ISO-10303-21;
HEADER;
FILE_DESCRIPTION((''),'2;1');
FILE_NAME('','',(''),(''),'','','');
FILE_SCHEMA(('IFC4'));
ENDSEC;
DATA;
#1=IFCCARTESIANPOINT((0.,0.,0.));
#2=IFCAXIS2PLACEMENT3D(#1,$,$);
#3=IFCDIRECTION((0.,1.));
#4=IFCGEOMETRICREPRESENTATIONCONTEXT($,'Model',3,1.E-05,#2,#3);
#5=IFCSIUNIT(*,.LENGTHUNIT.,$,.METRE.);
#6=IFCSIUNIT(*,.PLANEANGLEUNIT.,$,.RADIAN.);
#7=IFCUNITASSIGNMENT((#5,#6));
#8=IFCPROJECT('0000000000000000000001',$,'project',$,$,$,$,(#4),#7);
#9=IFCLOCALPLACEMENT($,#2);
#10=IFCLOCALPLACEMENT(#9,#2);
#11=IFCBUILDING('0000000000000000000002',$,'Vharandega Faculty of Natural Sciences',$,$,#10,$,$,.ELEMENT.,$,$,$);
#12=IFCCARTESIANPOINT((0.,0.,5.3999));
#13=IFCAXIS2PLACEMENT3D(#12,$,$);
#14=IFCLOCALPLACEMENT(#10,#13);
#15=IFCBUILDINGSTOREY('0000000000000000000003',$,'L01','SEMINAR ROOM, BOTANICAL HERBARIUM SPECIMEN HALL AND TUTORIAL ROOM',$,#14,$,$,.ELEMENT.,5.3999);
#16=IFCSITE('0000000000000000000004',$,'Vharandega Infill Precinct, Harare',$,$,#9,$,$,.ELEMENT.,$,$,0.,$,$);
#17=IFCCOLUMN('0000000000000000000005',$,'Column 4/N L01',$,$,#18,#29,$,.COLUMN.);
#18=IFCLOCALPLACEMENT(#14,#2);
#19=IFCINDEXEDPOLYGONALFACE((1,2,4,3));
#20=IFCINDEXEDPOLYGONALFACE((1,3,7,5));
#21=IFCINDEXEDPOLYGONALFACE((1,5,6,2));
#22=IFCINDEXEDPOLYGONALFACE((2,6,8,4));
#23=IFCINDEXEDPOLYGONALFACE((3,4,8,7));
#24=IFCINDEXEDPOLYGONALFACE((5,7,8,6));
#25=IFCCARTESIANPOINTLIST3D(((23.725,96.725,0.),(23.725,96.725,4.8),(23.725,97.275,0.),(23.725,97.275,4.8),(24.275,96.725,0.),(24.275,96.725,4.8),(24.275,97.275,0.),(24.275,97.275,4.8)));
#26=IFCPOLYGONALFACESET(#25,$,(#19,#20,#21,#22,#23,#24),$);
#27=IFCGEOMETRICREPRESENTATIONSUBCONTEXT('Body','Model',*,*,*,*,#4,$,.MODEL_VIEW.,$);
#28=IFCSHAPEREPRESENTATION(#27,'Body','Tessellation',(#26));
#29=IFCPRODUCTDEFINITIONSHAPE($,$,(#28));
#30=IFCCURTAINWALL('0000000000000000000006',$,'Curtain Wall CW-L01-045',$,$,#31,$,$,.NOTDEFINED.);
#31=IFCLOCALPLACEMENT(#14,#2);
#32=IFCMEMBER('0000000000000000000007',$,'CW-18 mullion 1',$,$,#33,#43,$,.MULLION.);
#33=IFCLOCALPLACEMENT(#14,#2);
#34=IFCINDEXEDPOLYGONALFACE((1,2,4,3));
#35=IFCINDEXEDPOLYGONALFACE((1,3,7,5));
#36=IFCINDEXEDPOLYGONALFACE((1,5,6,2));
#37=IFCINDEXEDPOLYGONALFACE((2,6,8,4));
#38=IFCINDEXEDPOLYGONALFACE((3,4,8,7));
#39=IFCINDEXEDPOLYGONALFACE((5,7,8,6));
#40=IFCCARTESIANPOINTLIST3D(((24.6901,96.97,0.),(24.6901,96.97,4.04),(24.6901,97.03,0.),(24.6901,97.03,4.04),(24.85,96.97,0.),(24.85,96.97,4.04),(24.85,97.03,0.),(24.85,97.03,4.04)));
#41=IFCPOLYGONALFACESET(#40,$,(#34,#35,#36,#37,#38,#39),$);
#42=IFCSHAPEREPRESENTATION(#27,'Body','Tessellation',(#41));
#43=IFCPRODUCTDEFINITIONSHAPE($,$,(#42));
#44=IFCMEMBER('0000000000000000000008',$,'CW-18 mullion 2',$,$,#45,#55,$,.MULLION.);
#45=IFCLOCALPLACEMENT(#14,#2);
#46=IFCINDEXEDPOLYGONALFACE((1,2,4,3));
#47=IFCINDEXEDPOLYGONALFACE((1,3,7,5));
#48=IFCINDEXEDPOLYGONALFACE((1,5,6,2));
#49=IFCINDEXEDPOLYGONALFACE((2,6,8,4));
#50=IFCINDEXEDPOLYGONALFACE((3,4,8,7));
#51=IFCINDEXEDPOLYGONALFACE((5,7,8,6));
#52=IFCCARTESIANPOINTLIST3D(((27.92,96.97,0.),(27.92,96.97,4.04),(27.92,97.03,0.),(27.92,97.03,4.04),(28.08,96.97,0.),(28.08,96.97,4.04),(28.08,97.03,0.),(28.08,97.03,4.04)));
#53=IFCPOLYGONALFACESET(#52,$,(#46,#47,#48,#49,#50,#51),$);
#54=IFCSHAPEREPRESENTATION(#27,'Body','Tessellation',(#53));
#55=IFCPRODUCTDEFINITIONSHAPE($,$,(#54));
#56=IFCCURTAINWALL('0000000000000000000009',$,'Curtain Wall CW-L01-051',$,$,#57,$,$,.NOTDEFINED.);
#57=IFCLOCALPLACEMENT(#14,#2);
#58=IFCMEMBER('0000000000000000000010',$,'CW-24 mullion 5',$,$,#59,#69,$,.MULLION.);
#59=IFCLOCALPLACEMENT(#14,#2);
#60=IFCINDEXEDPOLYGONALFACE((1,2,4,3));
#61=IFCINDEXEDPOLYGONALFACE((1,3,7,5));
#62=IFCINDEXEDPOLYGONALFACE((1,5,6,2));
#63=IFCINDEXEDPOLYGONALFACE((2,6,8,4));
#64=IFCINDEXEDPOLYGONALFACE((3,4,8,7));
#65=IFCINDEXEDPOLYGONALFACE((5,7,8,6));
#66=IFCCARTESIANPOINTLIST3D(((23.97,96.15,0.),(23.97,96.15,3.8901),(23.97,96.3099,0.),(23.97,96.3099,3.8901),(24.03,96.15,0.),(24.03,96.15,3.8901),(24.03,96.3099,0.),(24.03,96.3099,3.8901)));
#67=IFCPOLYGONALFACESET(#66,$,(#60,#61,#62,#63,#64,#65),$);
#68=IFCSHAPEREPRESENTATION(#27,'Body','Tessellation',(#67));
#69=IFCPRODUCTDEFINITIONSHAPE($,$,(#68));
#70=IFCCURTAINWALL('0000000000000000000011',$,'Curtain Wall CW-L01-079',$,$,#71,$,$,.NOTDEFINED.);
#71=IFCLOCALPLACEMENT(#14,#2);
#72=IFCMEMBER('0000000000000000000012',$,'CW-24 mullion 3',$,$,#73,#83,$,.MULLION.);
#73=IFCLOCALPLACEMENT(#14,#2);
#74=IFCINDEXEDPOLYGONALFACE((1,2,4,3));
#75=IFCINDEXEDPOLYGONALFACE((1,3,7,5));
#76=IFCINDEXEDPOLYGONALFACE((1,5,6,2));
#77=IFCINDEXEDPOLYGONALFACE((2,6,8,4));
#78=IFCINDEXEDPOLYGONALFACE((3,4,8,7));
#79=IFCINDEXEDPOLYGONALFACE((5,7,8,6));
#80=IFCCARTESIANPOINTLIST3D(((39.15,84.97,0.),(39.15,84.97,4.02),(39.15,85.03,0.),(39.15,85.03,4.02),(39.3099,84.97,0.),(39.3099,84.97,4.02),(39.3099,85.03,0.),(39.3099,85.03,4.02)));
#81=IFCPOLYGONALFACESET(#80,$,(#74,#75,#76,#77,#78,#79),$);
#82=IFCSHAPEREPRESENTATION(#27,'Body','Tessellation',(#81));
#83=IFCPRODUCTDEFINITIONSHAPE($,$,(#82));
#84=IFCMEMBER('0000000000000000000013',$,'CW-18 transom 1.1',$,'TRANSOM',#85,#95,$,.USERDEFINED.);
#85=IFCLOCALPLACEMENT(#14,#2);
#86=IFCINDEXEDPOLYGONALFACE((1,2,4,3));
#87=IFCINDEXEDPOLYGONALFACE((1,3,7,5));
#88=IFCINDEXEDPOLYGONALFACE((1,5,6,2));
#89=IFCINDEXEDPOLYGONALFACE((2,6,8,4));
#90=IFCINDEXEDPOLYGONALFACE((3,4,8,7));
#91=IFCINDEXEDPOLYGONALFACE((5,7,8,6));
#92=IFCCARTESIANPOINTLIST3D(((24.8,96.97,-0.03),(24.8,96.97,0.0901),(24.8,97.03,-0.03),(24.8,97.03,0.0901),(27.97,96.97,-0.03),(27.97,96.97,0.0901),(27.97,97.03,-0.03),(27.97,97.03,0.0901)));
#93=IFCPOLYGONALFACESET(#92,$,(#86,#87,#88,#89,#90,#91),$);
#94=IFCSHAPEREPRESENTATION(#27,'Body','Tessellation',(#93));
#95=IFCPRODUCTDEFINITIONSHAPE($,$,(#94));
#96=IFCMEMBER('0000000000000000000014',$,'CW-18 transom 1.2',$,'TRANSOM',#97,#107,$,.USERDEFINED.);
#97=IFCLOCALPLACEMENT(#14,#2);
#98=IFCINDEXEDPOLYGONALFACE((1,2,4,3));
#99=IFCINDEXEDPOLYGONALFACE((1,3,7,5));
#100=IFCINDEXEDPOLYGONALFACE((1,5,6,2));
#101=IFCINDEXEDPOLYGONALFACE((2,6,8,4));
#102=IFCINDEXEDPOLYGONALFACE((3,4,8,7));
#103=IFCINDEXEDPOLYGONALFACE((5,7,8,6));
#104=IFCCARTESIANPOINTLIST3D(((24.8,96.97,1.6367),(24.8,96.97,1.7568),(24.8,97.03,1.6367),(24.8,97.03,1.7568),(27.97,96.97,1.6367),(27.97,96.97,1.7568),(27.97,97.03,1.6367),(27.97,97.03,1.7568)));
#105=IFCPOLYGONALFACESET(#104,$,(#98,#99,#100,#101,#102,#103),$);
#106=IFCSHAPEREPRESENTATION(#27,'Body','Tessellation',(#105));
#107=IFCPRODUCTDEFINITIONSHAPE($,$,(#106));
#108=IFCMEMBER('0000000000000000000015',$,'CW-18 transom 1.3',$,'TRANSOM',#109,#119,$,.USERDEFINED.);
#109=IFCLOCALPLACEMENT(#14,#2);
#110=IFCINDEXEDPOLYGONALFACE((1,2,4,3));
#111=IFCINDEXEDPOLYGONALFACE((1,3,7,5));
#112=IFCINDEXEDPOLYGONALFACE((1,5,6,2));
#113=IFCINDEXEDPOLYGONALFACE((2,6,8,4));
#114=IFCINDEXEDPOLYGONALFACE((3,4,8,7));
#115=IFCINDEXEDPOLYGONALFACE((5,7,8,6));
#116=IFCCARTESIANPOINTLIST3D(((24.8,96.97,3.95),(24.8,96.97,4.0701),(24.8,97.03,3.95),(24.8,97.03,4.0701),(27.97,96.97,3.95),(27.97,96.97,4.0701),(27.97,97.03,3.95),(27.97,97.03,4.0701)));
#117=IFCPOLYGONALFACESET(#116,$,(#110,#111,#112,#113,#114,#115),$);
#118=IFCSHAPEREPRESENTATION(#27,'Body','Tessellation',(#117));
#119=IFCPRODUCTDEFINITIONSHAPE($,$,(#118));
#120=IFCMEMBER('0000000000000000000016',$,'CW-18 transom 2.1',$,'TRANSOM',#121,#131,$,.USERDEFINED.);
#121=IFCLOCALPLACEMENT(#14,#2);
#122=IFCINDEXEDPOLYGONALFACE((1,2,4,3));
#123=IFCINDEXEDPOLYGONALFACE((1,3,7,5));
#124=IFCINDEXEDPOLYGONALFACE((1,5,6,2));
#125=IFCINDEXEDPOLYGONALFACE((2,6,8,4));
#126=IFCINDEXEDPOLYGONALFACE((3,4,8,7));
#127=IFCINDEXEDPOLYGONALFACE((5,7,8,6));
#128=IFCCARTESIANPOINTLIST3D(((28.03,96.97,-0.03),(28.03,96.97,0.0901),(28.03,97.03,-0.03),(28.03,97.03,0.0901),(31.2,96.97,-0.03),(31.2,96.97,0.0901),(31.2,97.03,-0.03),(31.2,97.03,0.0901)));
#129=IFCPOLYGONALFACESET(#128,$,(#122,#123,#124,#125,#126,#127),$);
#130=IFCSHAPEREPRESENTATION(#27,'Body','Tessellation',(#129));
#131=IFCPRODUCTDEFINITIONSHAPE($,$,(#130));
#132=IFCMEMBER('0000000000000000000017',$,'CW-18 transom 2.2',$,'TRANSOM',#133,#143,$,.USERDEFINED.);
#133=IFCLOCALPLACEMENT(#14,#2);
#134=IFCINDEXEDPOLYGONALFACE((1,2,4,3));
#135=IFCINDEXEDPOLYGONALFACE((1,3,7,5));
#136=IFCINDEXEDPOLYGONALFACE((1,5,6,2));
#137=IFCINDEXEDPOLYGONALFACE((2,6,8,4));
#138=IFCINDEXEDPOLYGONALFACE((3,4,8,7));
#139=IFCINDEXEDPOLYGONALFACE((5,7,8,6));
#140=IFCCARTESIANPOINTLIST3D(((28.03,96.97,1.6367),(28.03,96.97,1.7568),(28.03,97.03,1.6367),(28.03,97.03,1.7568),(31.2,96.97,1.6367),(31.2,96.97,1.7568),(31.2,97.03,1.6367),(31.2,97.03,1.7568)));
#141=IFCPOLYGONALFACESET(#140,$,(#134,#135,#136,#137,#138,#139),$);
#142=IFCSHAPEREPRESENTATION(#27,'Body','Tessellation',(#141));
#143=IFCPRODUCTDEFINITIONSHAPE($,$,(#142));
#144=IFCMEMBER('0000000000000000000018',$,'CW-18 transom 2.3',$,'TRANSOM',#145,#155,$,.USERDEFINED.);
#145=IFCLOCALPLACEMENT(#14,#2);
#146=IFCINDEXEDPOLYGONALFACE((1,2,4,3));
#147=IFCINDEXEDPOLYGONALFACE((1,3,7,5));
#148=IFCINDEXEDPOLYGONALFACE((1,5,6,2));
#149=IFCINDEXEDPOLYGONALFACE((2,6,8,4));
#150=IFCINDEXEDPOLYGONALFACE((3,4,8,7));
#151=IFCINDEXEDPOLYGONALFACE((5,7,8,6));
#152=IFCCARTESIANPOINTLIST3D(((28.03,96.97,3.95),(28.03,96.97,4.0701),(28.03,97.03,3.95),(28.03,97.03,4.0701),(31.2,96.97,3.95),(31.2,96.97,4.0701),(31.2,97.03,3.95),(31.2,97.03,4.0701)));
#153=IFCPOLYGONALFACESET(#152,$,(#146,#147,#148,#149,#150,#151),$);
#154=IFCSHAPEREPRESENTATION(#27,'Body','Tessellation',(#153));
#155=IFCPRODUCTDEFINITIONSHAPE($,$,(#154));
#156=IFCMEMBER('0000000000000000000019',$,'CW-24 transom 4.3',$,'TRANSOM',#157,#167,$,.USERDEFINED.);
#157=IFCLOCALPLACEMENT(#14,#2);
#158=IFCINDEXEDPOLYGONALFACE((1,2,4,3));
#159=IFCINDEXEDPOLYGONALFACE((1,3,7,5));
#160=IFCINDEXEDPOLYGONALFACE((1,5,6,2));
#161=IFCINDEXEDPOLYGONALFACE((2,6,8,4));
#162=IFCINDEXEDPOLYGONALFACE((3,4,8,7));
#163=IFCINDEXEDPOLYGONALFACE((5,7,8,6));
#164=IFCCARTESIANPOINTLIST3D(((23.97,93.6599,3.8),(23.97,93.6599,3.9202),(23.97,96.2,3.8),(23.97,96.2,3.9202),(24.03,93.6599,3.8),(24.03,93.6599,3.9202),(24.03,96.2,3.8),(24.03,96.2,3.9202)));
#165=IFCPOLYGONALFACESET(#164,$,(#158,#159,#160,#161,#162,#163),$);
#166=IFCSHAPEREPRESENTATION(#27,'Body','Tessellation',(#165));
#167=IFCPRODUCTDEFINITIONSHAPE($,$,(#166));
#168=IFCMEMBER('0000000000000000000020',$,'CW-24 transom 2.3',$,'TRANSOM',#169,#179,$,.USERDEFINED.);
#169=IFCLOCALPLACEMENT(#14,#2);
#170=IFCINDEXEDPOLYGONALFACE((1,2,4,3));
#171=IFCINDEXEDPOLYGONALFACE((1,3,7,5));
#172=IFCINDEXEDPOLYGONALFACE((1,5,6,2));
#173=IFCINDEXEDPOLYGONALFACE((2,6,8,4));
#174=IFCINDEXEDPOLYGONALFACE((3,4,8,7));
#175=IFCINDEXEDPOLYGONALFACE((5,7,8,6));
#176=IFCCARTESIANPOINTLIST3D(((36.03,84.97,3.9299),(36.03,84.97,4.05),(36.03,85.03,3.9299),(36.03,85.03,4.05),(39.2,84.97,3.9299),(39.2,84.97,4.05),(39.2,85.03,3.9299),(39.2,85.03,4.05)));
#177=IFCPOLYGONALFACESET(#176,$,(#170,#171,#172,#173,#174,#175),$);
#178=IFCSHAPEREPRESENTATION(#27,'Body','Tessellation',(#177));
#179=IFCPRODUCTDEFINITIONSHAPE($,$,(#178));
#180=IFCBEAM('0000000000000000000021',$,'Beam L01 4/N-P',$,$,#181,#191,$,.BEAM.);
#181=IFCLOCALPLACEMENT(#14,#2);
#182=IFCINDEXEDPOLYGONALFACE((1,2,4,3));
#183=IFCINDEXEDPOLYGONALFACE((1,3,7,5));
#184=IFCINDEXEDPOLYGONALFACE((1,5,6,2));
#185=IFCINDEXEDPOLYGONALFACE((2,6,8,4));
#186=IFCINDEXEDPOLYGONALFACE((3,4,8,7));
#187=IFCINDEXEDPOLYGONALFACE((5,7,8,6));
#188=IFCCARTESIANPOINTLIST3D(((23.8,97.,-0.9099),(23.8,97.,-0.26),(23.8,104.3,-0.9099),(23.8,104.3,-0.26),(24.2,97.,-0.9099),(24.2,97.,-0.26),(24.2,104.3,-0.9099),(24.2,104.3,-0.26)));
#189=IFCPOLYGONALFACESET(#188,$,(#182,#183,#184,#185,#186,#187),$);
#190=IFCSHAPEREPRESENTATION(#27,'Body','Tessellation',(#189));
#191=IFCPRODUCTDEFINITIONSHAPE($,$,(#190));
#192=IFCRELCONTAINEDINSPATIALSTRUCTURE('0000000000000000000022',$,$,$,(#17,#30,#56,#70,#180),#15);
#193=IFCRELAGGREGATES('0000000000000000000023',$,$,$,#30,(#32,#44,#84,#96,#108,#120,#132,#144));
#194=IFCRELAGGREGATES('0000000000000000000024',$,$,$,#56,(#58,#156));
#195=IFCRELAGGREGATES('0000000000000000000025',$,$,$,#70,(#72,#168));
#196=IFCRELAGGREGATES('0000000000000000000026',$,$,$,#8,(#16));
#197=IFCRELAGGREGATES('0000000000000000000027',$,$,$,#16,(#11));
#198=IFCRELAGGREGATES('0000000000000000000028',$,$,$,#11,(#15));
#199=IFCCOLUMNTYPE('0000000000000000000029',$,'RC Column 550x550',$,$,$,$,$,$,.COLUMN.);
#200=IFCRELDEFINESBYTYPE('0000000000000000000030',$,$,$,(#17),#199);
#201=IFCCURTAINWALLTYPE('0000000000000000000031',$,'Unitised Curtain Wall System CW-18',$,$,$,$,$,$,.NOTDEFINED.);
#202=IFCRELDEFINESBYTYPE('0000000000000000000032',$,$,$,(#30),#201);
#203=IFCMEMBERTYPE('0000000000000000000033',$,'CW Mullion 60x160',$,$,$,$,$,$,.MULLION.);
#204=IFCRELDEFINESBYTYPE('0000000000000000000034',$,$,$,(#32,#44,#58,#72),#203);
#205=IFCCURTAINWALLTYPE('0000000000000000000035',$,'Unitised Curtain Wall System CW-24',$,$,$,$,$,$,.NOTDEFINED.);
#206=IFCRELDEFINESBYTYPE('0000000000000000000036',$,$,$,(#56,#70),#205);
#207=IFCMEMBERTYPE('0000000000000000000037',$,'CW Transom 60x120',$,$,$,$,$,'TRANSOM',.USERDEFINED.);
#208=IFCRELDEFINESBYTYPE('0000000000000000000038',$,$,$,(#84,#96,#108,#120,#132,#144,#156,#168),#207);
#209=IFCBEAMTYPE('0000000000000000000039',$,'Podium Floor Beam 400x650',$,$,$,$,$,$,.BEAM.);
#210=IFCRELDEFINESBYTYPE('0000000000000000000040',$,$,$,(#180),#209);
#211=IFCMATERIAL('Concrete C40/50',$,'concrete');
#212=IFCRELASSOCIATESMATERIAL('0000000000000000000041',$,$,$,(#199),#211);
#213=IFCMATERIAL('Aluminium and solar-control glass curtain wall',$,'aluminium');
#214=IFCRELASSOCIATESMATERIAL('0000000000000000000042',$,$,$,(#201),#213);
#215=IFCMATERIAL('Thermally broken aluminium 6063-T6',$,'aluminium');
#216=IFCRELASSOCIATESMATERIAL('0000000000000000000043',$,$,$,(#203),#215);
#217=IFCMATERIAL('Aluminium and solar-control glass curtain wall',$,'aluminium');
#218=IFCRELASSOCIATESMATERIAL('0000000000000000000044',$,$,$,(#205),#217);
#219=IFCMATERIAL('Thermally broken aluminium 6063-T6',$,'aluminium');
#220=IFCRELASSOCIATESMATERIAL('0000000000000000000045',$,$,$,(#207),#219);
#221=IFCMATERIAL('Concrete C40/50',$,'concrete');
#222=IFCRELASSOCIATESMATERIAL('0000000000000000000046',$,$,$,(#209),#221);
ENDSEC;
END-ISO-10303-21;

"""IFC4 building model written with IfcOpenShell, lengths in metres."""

from ifc_helpers import new_model, si_unit, direction, frame, origin, origin_2d, place, context, subcontext, project, spatial, rectangle, extrude, material, material_profile, profile_set, type_object, element, aggregate, save


model = new_model("IFC4")

# Units and contexts
model_context = context("Model", 3, precision=1e-05, world=origin(), true_north=direction((0.0, 1.0)))
body_context = subcontext(model_context, "Body", "Model", "MODEL_VIEW")
ifc_project = project(units=[si_unit("LENGTHUNIT", "METRE"), si_unit("PLANEANGLEUNIT", "RADIAN")], contexts=[model_context])

# Site, building, storey
site_placement = place(None, origin())
site = spatial("IfcSite", under=ifc_project, at=site_placement, Name="Vharandega Infill Precinct, Harare", CompositionType="ELEMENT", RefElevation=0.0)
building_placement = place(site_placement, origin())
building = spatial("IfcBuilding", under=site, at=building_placement, Name="Vharandega Faculty of Natural Sciences", CompositionType="ELEMENT")
storey_placement = place(building_placement, frame((0.0, 0.0, 5.3999)))
storey = spatial("IfcBuildingStorey", under=building, at=storey_placement, Name="L01", Description="SEMINAR ROOM, BOTANICAL HERBARIUM SPECIMEN HALL AND TUTORIAL ROOM", CompositionType="ELEMENT", Elevation=5.3999)

# Column
ifc_material_1 = material(Name="Concrete C40/50", Category="concrete")
ifc_material_profile_1 = material_profile(ifc_material_1, rectangle(XDim=0.55, YDim=0.55, at=origin_2d()), Name="RC 550x550")
ifc_profile_set_1 = profile_set([ifc_material_profile_1], Name="Concrete C40/50")
column_type = type_object("IfcColumnType", Name="RC Column 550x550", PredefinedType="COLUMN", material=ifc_profile_set_1)
column_placement = place(storey_placement, frame((24.0, 97.0, 0.0), z_axis=(0.0, 0.0, 1.0), x_axis=(1.0, 0.0, 0.0)))
element("IfcColumn", 1, at=column_placement, inside=storey, type_object=column_type, Name="Column 4/N L01", PredefinedType="COLUMN", context=body_context, shape_type="SweptSolid", body=[
    extrude(rectangle(XDim=0.55, YDim=0.55, at=origin_2d()), origin(), (0.0, 0.0, 1.0), 4.8),
])

# Curtain wall, members
ifc_material_2 = material(Name="Aluminium and solar-control glass curtain wall", Category="aluminium")
curtain_wall_type_1 = type_object("IfcCurtainWallType", Name="Unitised Curtain Wall System CW-18", PredefinedType="NOTDEFINED", material=ifc_material_2)
curtain_wall_1_placement = place(storey_placement, origin())
curtain_wall_1 = element("IfcCurtainWall", 2, at=curtain_wall_1_placement, inside=storey, type_object=curtain_wall_type_1, Name="Curtain Wall CW-L01-045", PredefinedType="NOTDEFINED")
ifc_material_3 = material(Name="Thermally broken aluminium 6063-T6", Category="aluminium")
ifc_material_profile_2 = material_profile(ifc_material_3, rectangle(XDim=0.0601, YDim=0.1599, at=origin_2d()), Name="ALU 60x160")
ifc_profile_set_2 = profile_set([ifc_material_profile_2], Name="Thermally broken aluminium 6063-T6")
member_type_1 = type_object("IfcMemberType", Name="CW Mullion 60x160", PredefinedType="MULLION", material=ifc_profile_set_2)
member_1_placement = place(storey_placement, frame((24.77, 97.0, 0.0), z_axis=(0.0, 0.0, 1.0), x_axis=(0.0, 1.0, 0.0)))
member_1 = element("IfcMember", 3, at=member_1_placement, type_object=member_type_1, Name="CW-18 mullion 1", PredefinedType="MULLION", context=body_context, shape_type="SweptSolid", body=[
    extrude(rectangle(XDim=0.0601, YDim=0.1599, at=origin_2d()), origin(), (0.0, 0.0, 1.0), 4.04),
])
member_2_placement = place(storey_placement, frame((28.0, 97.0, 0.0), z_axis=(0.0, 0.0, 1.0), x_axis=(0.0, 1.0, 0.0)))
member_2 = element("IfcMember", 4, at=member_2_placement, type_object=member_type_1, Name="CW-18 mullion 2", PredefinedType="MULLION", context=body_context, shape_type="SweptSolid", body=[
    extrude(rectangle(XDim=0.0601, YDim=0.1599, at=origin_2d()), origin(), (0.0, 0.0, 1.0), 4.04),
])

# Curtain walls, members
ifc_material_4 = material(Name="Aluminium and solar-control glass curtain wall", Category="aluminium")
curtain_wall_type_2 = type_object("IfcCurtainWallType", Name="Unitised Curtain Wall System CW-24", PredefinedType="NOTDEFINED", material=ifc_material_4)
curtain_wall_2_placement = place(storey_placement, origin())
curtain_wall_2 = element("IfcCurtainWall", 5, at=curtain_wall_2_placement, inside=storey, type_object=curtain_wall_type_2, Name="Curtain Wall CW-L01-051", PredefinedType="NOTDEFINED")
member_3_placement = place(storey_placement, frame((24.0, 96.23, 0.0), z_axis=(0.0, 0.0, 1.0), x_axis=(-1.0, 0.0, 0.0)))
member_3 = element("IfcMember", 6, at=member_3_placement, type_object=member_type_1, Name="CW-24 mullion 5", PredefinedType="MULLION", context=body_context, shape_type="SweptSolid", body=[
    extrude(rectangle(XDim=0.0601, YDim=0.1599, at=origin_2d()), origin(), (0.0, 0.0, 1.0), 3.8901),
])
curtain_wall_3_placement = place(storey_placement, origin())
curtain_wall_3 = element("IfcCurtainWall", 7, at=curtain_wall_3_placement, inside=storey, type_object=curtain_wall_type_2, Name="Curtain Wall CW-L01-079", PredefinedType="NOTDEFINED")
member_4_placement = place(storey_placement, frame((39.23, 85.0, 0.0), z_axis=(0.0, 0.0, 1.0), x_axis=(0.0, 1.0, 0.0)))
member_4 = element("IfcMember", 8, at=member_4_placement, type_object=member_type_1, Name="CW-24 mullion 3", PredefinedType="MULLION", context=body_context, shape_type="SweptSolid", body=[
    extrude(rectangle(XDim=0.0601, YDim=0.1599, at=origin_2d()), origin(), (0.0, 0.0, 1.0), 4.02),
])

# Members
ifc_material_5 = material(Name="Thermally broken aluminium 6063-T6", Category="aluminium")
ifc_material_profile_3 = material_profile(ifc_material_5, rectangle(XDim=0.0601, YDim=0.1201, at=origin_2d()), Name="ALU 60x120")
ifc_profile_set_3 = profile_set([ifc_material_profile_3], Name="Thermally broken aluminium 6063-T6")
member_type_2 = type_object("IfcMemberType", Name="CW Transom 60x120", ElementType="TRANSOM", PredefinedType="USERDEFINED", material=ifc_profile_set_3)
member_5_placement = place(storey_placement, frame((24.8, 97.0, 0.03), z_axis=(1.0, 0.0, 0.0), x_axis=(0.0, 1.0, 0.0)))
member_5 = element("IfcMember", 9, at=member_5_placement, type_object=member_type_2, Name="CW-18 transom 1.1", ObjectType="TRANSOM", PredefinedType="USERDEFINED", context=body_context, shape_type="SweptSolid", body=[
    extrude(rectangle(XDim=0.0601, YDim=0.1201, at=origin_2d()), origin(), (0.0, 0.0, 1.0), 3.1699),
])
member_6_placement = place(storey_placement, frame((24.8, 97.0, 1.6968), z_axis=(1.0, 0.0, 0.0), x_axis=(0.0, 1.0, 0.0)))
member_6 = element("IfcMember", 10, at=member_6_placement, type_object=member_type_2, Name="CW-18 transom 1.2", ObjectType="TRANSOM", PredefinedType="USERDEFINED", context=body_context, shape_type="SweptSolid", body=[
    extrude(rectangle(XDim=0.0601, YDim=0.1201, at=origin_2d()), origin(), (0.0, 0.0, 1.0), 3.1699),
])
member_7_placement = place(storey_placement, frame((24.8, 97.0, 4.01), z_axis=(1.0, 0.0, 0.0), x_axis=(0.0, 1.0, 0.0)))
member_7 = element("IfcMember", 11, at=member_7_placement, type_object=member_type_2, Name="CW-18 transom 1.3", ObjectType="TRANSOM", PredefinedType="USERDEFINED", context=body_context, shape_type="SweptSolid", body=[
    extrude(rectangle(XDim=0.0601, YDim=0.1201, at=origin_2d()), origin(), (0.0, 0.0, 1.0), 3.1699),
])
member_8_placement = place(storey_placement, frame((28.03, 97.0, 0.03), z_axis=(1.0, 0.0, 0.0), x_axis=(0.0, 1.0, 0.0)))
member_8 = element("IfcMember", 12, at=member_8_placement, type_object=member_type_2, Name="CW-18 transom 2.1", ObjectType="TRANSOM", PredefinedType="USERDEFINED", context=body_context, shape_type="SweptSolid", body=[
    extrude(rectangle(XDim=0.0601, YDim=0.1201, at=origin_2d()), origin(), (0.0, 0.0, 1.0), 3.1699),
])
member_9_placement = place(storey_placement, frame((28.03, 97.0, 1.6968), z_axis=(1.0, 0.0, 0.0), x_axis=(0.0, 1.0, 0.0)))
member_9 = element("IfcMember", 13, at=member_9_placement, type_object=member_type_2, Name="CW-18 transom 2.2", ObjectType="TRANSOM", PredefinedType="USERDEFINED", context=body_context, shape_type="SweptSolid", body=[
    extrude(rectangle(XDim=0.0601, YDim=0.1201, at=origin_2d()), origin(), (0.0, 0.0, 1.0), 3.1699),
])
member_10_placement = place(storey_placement, frame((28.03, 97.0, 4.01), z_axis=(1.0, 0.0, 0.0), x_axis=(0.0, 1.0, 0.0)))
member_10 = element("IfcMember", 14, at=member_10_placement, type_object=member_type_2, Name="CW-18 transom 2.3", ObjectType="TRANSOM", PredefinedType="USERDEFINED", context=body_context, shape_type="SweptSolid", body=[
    extrude(rectangle(XDim=0.0601, YDim=0.1201, at=origin_2d()), origin(), (0.0, 0.0, 1.0), 3.1699),
])
member_11_placement = place(storey_placement, frame((24.0, 93.6599, 3.8601), z_axis=(0.0, 1.0, 0.0), x_axis=(-1.0, 0.0, 0.0)))
member_11 = element("IfcMember", 15, at=member_11_placement, type_object=member_type_2, Name="CW-24 transom 4.3", ObjectType="TRANSOM", PredefinedType="USERDEFINED", context=body_context, shape_type="SweptSolid", body=[
    extrude(rectangle(XDim=0.0601, YDim=0.1201, at=origin_2d()), origin(), (0.0, 0.0, 1.0), 2.54),
])
member_12_placement = place(storey_placement, frame((36.03, 85.0, 3.99), z_axis=(1.0, 0.0, 0.0), x_axis=(0.0, 1.0, 0.0)))
member_12 = element("IfcMember", 16, at=member_12_placement, type_object=member_type_2, Name="CW-24 transom 2.3", ObjectType="TRANSOM", PredefinedType="USERDEFINED", context=body_context, shape_type="SweptSolid", body=[
    extrude(rectangle(XDim=0.0601, YDim=0.1201, at=origin_2d()), origin(), (0.0, 0.0, 1.0), 3.1699),
])

# Beam
ifc_material_6 = material(Name="Concrete C40/50", Category="concrete")
ifc_material_profile_4 = material_profile(ifc_material_6, rectangle(XDim=0.3999, YDim=0.6499, at=origin_2d()), Name="RC 400x650")
ifc_profile_set_4 = profile_set([ifc_material_profile_4], Name="Concrete C40/50")
beam_type_1 = type_object("IfcBeamType", Name="Podium Floor Beam 400x650", PredefinedType="BEAM", material=ifc_profile_set_4)
beam_1_placement = place(storey_placement, frame((24.0, 97.0, -0.585), z_axis=(0.0, 1.0, 0.0), x_axis=(-1.0, 0.0, 0.0)))
element("IfcBeam", 17, at=beam_1_placement, inside=storey, type_object=beam_type_1, Name="Beam L01 4/N-P", PredefinedType="BEAM", context=body_context, shape_type="SweptSolid", body=[
    extrude(rectangle(XDim=0.3999, YDim=0.6499, at=origin_2d()), origin(), (0.0, 0.0, 1.0), 7.3),
])

aggregate(curtain_wall_1, [member_1, member_2, member_5, member_6, member_7, member_8, member_9, member_10])
aggregate(curtain_wall_2, [member_3, member_11])
aggregate(curtain_wall_3, [member_4, member_12])

save(model, "model.ifc")
